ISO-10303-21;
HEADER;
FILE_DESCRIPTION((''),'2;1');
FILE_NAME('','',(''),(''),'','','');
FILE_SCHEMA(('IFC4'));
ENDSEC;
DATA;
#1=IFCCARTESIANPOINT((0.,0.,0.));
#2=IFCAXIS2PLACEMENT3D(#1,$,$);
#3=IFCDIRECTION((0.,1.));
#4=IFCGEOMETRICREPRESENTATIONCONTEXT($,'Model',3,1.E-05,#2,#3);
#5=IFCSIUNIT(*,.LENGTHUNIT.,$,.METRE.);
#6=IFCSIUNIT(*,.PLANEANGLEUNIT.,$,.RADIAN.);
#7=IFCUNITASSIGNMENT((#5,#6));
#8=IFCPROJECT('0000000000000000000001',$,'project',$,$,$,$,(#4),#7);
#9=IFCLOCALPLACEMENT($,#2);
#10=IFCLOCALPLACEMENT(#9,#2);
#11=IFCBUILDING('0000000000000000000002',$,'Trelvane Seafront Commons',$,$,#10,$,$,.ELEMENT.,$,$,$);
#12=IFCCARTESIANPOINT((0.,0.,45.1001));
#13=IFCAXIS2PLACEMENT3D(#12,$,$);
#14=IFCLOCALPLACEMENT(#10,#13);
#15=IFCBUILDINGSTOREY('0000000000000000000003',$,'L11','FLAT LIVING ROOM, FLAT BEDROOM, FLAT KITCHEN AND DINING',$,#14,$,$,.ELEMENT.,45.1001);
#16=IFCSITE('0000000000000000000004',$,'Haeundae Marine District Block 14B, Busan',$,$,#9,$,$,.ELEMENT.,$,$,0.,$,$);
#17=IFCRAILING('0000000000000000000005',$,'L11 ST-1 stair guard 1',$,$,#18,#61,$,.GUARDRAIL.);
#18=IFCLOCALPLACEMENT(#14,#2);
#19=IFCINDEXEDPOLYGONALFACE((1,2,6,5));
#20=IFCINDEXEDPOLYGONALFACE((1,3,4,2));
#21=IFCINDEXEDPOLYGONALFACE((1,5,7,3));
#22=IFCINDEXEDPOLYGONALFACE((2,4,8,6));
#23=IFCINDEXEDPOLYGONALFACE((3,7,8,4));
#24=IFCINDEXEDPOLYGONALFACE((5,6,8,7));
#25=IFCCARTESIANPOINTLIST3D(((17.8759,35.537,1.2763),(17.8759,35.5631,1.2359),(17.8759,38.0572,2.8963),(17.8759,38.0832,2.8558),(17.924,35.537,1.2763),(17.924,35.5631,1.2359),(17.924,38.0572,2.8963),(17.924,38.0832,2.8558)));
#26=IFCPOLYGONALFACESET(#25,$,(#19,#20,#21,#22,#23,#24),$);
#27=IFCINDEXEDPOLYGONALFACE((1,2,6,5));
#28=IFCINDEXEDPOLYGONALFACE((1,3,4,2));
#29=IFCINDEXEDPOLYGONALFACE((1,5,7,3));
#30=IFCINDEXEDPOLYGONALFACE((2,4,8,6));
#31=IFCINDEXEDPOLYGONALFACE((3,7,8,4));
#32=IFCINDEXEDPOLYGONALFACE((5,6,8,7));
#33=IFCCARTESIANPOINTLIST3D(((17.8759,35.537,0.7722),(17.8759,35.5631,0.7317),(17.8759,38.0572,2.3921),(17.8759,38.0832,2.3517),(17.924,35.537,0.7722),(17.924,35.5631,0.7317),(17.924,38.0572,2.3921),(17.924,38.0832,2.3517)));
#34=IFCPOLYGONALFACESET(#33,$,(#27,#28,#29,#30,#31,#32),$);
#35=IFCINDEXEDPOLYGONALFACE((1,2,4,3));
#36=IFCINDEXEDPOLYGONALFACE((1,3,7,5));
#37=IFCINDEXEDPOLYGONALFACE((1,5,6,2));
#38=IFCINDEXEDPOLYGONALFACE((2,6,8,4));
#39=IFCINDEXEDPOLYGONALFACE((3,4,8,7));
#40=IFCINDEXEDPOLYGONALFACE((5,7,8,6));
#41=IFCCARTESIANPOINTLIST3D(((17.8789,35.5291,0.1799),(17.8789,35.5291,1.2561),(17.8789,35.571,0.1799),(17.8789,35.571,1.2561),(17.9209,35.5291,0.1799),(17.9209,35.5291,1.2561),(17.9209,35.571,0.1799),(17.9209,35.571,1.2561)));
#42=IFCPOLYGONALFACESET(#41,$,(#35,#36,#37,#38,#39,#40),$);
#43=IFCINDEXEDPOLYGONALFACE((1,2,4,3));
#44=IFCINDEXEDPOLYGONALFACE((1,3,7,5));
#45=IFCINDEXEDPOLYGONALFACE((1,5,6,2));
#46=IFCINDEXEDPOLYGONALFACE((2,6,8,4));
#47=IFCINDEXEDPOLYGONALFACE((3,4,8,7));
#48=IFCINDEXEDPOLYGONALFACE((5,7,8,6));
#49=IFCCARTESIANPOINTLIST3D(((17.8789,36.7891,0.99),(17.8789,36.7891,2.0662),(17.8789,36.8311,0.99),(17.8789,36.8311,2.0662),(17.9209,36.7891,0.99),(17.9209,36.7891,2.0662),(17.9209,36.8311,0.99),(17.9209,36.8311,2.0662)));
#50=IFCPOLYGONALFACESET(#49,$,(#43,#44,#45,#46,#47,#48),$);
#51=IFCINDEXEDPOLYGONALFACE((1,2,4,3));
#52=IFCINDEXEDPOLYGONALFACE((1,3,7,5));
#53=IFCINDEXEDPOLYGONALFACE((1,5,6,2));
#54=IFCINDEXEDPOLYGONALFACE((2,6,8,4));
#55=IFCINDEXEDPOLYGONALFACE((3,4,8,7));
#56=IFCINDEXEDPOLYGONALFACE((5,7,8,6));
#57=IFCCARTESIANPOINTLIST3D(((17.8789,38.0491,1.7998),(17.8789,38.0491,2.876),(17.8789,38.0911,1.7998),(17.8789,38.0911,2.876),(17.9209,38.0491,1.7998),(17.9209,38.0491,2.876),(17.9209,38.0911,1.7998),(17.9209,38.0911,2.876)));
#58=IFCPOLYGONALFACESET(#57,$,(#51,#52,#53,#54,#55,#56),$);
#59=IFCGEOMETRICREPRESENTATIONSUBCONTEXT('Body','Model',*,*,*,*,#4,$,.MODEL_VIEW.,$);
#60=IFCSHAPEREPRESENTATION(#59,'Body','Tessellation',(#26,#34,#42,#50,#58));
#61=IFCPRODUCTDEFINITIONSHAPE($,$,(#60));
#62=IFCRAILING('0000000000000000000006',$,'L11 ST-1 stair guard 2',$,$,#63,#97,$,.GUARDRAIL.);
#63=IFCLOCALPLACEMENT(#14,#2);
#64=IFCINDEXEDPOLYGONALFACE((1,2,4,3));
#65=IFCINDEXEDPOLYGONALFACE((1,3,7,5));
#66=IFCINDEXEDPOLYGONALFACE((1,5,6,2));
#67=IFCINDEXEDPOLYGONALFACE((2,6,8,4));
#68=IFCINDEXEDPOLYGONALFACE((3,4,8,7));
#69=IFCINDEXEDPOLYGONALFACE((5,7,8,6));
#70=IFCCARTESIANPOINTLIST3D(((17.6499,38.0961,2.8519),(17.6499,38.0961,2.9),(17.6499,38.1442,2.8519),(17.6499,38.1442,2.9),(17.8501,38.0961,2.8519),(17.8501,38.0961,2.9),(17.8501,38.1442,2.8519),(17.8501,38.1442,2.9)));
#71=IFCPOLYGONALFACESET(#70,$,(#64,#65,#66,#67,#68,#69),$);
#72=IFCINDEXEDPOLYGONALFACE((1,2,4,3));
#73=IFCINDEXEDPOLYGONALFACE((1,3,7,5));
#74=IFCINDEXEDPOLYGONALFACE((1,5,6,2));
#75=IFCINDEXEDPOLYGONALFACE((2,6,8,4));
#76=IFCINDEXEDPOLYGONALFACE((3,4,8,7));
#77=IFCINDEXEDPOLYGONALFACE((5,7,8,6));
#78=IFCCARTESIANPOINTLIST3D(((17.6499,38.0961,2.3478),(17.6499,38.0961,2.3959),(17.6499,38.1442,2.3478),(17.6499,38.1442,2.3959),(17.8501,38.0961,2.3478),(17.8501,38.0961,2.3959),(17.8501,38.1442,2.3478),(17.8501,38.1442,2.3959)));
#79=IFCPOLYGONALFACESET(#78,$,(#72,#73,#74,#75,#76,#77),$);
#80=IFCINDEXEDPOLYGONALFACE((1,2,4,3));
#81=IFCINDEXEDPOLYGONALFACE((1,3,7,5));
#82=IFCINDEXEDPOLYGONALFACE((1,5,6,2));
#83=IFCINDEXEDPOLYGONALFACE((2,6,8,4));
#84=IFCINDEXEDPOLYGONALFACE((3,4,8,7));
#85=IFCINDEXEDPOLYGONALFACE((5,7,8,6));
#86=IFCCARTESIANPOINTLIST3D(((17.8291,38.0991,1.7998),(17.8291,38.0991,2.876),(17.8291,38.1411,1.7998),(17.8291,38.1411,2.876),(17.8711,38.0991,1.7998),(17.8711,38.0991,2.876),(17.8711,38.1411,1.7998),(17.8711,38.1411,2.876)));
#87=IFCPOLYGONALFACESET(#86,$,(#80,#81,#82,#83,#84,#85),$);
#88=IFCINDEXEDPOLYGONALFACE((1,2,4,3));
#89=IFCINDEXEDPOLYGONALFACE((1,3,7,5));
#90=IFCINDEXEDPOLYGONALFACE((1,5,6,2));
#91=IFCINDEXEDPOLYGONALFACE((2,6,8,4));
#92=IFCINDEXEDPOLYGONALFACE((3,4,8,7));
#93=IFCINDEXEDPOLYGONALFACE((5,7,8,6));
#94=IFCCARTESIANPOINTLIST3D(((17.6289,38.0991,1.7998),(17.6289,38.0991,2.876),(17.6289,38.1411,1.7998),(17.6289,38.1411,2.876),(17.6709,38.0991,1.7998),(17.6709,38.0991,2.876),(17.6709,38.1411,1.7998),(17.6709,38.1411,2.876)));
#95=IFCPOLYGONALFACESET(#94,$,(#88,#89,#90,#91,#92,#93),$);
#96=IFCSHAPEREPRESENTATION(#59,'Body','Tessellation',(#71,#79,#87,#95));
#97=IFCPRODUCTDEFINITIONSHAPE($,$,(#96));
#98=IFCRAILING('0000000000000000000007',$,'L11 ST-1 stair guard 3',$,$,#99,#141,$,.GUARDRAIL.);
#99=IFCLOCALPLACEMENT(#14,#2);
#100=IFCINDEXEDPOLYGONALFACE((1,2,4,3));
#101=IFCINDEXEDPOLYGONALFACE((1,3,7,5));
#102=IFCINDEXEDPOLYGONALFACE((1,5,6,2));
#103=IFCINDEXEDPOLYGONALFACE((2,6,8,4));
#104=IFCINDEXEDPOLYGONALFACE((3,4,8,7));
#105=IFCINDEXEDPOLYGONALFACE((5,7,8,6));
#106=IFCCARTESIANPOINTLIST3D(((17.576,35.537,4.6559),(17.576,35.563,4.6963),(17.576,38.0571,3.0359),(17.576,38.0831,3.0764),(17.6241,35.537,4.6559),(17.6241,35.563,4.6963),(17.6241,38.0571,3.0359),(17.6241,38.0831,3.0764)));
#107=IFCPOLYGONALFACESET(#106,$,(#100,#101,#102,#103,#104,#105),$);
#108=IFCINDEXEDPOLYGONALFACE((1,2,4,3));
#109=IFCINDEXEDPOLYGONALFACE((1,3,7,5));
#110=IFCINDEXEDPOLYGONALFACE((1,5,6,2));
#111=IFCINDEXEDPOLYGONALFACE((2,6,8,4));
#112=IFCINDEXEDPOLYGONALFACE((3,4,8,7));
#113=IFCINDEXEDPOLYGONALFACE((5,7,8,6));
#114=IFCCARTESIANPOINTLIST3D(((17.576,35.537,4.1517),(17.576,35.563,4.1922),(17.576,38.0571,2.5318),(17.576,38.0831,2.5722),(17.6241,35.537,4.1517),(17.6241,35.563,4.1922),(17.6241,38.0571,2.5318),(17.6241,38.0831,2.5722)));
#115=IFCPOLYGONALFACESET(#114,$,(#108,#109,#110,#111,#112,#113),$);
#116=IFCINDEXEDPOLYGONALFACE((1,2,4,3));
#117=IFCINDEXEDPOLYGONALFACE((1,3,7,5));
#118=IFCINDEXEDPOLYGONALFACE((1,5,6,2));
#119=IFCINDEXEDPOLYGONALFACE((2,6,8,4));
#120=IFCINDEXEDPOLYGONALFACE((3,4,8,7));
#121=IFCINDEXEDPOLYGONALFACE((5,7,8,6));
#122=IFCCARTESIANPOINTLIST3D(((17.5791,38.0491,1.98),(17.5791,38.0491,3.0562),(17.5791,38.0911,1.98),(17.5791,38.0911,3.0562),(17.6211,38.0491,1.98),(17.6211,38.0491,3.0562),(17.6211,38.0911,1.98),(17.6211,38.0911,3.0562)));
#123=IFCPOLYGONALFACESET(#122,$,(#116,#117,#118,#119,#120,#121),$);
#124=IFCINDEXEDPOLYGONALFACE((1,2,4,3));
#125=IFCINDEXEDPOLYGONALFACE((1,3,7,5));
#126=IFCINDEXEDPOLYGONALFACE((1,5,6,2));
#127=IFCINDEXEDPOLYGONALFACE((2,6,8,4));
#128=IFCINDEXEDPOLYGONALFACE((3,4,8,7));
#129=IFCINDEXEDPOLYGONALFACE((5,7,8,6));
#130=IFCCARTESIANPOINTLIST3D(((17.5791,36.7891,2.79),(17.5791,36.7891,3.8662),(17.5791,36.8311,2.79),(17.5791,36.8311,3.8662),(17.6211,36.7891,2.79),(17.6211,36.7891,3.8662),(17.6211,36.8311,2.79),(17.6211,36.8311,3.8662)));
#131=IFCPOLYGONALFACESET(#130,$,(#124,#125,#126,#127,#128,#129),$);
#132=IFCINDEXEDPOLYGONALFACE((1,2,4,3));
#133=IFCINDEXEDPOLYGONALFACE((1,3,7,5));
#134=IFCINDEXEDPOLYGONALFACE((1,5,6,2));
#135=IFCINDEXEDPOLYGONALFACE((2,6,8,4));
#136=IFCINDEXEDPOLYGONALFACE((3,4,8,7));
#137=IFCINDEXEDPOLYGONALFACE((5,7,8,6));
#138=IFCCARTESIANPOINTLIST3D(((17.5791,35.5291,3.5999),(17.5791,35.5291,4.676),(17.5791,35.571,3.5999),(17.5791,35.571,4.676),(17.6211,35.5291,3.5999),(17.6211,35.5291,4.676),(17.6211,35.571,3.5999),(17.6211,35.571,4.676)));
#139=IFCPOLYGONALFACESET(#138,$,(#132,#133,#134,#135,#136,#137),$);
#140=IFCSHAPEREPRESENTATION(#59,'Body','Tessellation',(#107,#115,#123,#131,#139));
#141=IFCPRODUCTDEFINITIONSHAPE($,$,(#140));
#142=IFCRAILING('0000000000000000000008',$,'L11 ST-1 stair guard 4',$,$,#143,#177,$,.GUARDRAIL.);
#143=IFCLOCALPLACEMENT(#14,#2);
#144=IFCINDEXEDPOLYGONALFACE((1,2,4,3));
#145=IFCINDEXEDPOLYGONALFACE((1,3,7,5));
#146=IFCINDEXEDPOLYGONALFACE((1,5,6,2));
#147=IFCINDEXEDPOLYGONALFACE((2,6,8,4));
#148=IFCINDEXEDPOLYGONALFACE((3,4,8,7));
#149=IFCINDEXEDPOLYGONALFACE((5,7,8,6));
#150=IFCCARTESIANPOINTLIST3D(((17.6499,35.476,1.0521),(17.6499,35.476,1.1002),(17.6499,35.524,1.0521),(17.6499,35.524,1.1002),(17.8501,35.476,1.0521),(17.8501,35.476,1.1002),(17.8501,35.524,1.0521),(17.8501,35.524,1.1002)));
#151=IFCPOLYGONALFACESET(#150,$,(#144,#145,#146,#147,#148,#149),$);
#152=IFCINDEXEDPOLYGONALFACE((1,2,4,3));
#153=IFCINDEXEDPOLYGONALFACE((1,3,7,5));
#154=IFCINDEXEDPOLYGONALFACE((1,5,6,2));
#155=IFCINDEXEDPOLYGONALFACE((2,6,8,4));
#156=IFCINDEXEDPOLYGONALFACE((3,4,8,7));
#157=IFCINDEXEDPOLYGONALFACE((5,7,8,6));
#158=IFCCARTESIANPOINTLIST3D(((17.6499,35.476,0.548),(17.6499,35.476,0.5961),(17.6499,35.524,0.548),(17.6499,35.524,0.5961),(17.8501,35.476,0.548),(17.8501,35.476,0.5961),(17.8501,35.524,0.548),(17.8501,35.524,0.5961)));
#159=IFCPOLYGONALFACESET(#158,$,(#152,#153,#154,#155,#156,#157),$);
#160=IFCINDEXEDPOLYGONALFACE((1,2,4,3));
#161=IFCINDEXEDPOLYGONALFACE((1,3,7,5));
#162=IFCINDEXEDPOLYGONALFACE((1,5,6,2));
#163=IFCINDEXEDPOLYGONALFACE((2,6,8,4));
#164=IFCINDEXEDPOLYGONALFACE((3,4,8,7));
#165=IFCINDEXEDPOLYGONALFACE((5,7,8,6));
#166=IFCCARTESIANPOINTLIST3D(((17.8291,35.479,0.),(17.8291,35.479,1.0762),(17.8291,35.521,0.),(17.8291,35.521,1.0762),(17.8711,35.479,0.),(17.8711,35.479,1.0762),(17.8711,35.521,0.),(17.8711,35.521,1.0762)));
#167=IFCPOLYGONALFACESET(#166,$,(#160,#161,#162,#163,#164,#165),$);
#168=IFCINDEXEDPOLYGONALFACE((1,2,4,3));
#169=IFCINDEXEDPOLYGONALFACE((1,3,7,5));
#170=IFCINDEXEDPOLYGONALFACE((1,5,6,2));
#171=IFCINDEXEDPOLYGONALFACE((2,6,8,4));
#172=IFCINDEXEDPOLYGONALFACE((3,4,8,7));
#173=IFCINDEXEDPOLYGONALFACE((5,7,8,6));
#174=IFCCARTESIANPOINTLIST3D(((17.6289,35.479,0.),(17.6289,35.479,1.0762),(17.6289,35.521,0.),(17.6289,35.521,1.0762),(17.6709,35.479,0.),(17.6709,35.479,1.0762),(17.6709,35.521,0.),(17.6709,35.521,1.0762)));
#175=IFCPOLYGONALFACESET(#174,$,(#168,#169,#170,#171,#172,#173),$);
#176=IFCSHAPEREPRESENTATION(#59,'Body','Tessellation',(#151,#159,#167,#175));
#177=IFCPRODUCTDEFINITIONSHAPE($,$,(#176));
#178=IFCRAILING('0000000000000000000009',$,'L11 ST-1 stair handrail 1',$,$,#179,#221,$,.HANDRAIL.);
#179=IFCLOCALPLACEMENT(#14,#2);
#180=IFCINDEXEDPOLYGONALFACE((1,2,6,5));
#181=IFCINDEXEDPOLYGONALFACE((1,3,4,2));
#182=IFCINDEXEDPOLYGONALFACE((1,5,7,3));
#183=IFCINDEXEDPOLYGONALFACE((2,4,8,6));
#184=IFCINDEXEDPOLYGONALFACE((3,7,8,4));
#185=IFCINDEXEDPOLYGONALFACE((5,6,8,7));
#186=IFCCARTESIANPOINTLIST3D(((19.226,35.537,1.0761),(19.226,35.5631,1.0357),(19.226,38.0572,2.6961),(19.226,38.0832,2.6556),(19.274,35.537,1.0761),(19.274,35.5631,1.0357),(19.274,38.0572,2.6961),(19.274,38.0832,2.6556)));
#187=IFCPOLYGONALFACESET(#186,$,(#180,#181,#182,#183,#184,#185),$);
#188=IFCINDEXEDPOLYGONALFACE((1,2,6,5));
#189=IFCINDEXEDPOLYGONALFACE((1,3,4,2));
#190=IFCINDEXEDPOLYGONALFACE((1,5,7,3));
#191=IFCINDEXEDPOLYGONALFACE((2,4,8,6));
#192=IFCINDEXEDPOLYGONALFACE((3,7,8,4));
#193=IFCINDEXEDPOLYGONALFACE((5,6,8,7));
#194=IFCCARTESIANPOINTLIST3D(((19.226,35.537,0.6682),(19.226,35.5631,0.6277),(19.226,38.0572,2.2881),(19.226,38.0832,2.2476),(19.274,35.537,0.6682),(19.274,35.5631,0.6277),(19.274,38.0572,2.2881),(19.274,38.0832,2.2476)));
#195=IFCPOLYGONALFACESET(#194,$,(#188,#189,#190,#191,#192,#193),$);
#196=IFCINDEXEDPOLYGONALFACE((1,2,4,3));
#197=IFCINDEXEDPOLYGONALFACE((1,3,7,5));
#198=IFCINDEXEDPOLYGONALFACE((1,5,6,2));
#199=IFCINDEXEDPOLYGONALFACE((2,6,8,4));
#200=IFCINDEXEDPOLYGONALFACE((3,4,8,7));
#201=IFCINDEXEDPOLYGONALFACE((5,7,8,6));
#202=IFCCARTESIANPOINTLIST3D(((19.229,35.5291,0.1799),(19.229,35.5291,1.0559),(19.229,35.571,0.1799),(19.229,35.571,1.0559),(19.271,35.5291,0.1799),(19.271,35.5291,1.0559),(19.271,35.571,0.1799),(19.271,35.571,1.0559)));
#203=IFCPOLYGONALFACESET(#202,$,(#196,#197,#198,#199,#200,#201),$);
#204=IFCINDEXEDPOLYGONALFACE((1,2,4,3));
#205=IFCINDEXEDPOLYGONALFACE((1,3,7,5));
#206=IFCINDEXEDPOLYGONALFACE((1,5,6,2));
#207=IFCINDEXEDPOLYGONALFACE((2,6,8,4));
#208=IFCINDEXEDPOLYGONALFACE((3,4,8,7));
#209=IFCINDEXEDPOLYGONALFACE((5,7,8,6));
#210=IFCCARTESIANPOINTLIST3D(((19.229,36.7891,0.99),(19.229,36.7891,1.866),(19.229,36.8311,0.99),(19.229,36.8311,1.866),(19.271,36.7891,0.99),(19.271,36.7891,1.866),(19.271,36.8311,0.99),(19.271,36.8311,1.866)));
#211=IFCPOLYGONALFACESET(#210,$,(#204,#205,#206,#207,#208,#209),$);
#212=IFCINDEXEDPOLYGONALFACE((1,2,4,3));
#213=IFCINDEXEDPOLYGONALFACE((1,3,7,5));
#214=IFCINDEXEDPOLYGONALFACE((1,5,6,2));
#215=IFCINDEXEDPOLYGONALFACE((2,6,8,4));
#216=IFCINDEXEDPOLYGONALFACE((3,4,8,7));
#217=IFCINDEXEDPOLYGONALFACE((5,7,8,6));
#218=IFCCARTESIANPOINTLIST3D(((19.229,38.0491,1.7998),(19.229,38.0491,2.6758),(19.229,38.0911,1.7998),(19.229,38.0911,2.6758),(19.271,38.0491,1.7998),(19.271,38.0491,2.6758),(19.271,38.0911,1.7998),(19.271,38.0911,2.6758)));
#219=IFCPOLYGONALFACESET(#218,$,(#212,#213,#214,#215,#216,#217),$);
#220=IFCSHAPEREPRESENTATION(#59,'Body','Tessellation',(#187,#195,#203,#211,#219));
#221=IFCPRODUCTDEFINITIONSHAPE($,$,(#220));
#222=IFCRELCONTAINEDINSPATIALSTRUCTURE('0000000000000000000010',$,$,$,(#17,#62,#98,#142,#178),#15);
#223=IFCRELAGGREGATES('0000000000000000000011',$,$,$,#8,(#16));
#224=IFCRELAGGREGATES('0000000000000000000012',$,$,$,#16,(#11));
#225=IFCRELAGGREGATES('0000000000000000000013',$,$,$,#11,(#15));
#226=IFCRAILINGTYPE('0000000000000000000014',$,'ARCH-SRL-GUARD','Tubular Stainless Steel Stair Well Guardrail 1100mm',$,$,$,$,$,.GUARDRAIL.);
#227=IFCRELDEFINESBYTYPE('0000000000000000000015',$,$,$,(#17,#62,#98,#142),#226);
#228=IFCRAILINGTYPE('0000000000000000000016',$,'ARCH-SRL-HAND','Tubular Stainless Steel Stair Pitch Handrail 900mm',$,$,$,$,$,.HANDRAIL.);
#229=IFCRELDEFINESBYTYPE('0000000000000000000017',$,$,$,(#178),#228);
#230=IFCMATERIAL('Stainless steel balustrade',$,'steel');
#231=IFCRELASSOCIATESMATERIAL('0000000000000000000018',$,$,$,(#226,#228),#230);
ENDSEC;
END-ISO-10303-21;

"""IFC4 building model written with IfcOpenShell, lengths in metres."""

from ifc_helpers import new_model, si_unit, direction, frame, origin, origin_2d, place, context, subcontext, project, spatial, rectangle, extrude, material, type_object, element, save


model = new_model("IFC4")

# Units and contexts
model_context = context("Model", 3, precision=1e-05, world=origin(), true_north=direction((0.0, 1.0)))
body_context = subcontext(model_context, "Body", "Model", "MODEL_VIEW")
ifc_project = project(units=[si_unit("LENGTHUNIT", "METRE"), si_unit("PLANEANGLEUNIT", "RADIAN")], contexts=[model_context])

# Site, building, storey
site_placement = place(None, origin())
site = spatial("IfcSite", under=ifc_project, at=site_placement, Name="Haeundae Marine District Block 14B, Busan", CompositionType="ELEMENT", RefElevation=0.0)
building_placement = place(site_placement, origin())
building = spatial("IfcBuilding", under=site, at=building_placement, Name="Trelvane Seafront Commons", CompositionType="ELEMENT")
storey_placement = place(building_placement, frame((0.0, 0.0, 45.1001)))
storey = spatial("IfcBuildingStorey", under=building, at=storey_placement, Name="L11", Description="FLAT LIVING ROOM, FLAT BEDROOM, FLAT KITCHEN AND DINING", CompositionType="ELEMENT", Elevation=45.1001)

# Shared definitions
ifc_material_1 = material(Name="Stainless steel balustrade", Category="steel")

# Railings
railing_type_1 = type_object("IfcRailingType", Name="ARCH-SRL-GUARD", Description="Tubular Stainless Steel Stair Well Guardrail 1100mm", PredefinedType="GUARDRAIL", material=ifc_material_1)
railing_1_placement = place(storey_placement, frame((17.8999, 35.55, 0.1799)))
element("IfcRailing", 1, at=railing_1_placement, inside=storey, type_object=railing_type_1, Name="L11 ST-1 stair guard 1", PredefinedType="GUARDRAIL", context=body_context, shape_type="SweptSolid", body=[
    extrude(rectangle(XDim=0.0481, YDim=0.0481, at=origin_2d()), frame((0.0, 0.0, 1.0762), z_axis=(0.0, 0.8412, 0.540725), x_axis=(-1.0, 0.0, 0.0)), (0.0, 0.0, 1.0), 2.9958),
    extrude(rectangle(XDim=0.0481, YDim=0.0481, at=origin_2d()), frame((0.0, 0.0, 0.572), z_axis=(0.0, 0.8412, 0.540725), x_axis=(-1.0, 0.0, 0.0)), (0.0, 0.0, 1.0), 2.9958),
    extrude(rectangle(XDim=0.042, YDim=0.042, at=origin_2d()), origin(), (0.0, 0.0, 1.0), 1.0762),
    extrude(rectangle(XDim=0.042, YDim=0.042, at=origin_2d()), frame((0.0, 1.26, 0.8101)), (0.0, 0.0, 1.0), 1.0762),
    extrude(rectangle(XDim=0.042, YDim=0.042, at=origin_2d()), frame((0.0, 2.52, 1.6199)), (0.0, 0.0, 1.0), 1.0762),
])
railing_2_placement = place(storey_placement, frame((17.8501, 38.1201, 1.7998)))
element("IfcRailing", 2, at=railing_2_placement, inside=storey, type_object=railing_type_1, Name="L11 ST-1 stair guard 2", PredefinedType="GUARDRAIL", context=body_context, shape_type="SweptSolid", body=[
    extrude(rectangle(XDim=0.0481, YDim=0.0481, at=origin_2d()), frame((0.0, 0.0, 1.0762), z_axis=(-1.0, 0.0, 0.0), x_axis=(0.0, -1.0, 0.0)), (0.0, 0.0, 1.0), 0.2002),
    extrude(rectangle(XDim=0.0481, YDim=0.0481, at=origin_2d()), frame((0.0, 0.0, 0.572), z_axis=(-1.0, 0.0, 0.0), x_axis=(0.0, -1.0, 0.0)), (0.0, 0.0, 1.0), 0.2002),
    extrude(rectangle(XDim=0.042, YDim=0.042, at=origin_2d()), origin(), (0.0, 0.0, 1.0), 1.0762),
    extrude(rectangle(XDim=0.042, YDim=0.042, at=origin_2d()), frame((-0.2002, 0.0, 0.0)), (0.0, 0.0, 1.0), 1.0762),
])
railing_3_placement = place(storey_placement, frame((17.6001, 38.0701, 1.98)))
element("IfcRailing", 3, at=railing_3_placement, inside=storey, type_object=railing_type_1, Name="L11 ST-1 stair guard 3", PredefinedType="GUARDRAIL", context=body_context, shape_type="SweptSolid", body=[
    extrude(rectangle(XDim=0.0481, YDim=0.0481, at=origin_2d()), frame((0.0, 0.0, 1.0762), z_axis=(0.0, -0.8412, 0.540725), x_axis=(1.0, 0.0, 0.0)), (0.0, 0.0, 1.0), 2.9958),
    extrude(rectangle(XDim=0.0481, YDim=0.0481, at=origin_2d()), frame((0.0, 0.0, 0.572), z_axis=(0.0, -0.8412, 0.540725), x_axis=(1.0, 0.0, 0.0)), (0.0, 0.0, 1.0), 2.9958),
    extrude(rectangle(XDim=0.042, YDim=0.042, at=origin_2d()), origin(), (0.0, 0.0, 1.0), 1.0762),
    extrude(rectangle(XDim=0.042, YDim=0.042, at=origin_2d()), frame((0.0, -1.26, 0.8101)), (0.0, 0.0, 1.0), 1.0762),
    extrude(rectangle(XDim=0.042, YDim=0.042, at=origin_2d()), frame((0.0, -2.52, 1.6199)), (0.0, 0.0, 1.0), 1.0762),
])
railing_4_placement = place(storey_placement, frame((17.8501, 35.5, 0.0)))
element("IfcRailing", 4, at=railing_4_placement, inside=storey, type_object=railing_type_1, Name="L11 ST-1 stair guard 4", PredefinedType="GUARDRAIL", context=body_context, shape_type="SweptSolid", body=[
    extrude(rectangle(XDim=0.0481, YDim=0.0481, at=origin_2d()), frame((0.0, 0.0, 1.0762), z_axis=(-1.0, 0.0, 0.0), x_axis=(0.0, -1.0, 0.0)), (0.0, 0.0, 1.0), 0.2002),
    extrude(rectangle(XDim=0.0481, YDim=0.0481, at=origin_2d()), frame((0.0, 0.0, 0.572), z_axis=(-1.0, 0.0, 0.0), x_axis=(0.0, -1.0, 0.0)), (0.0, 0.0, 1.0), 0.2002),
    extrude(rectangle(XDim=0.042, YDim=0.042, at=origin_2d()), origin(), (0.0, 0.0, 1.0), 1.0762),
    extrude(rectangle(XDim=0.042, YDim=0.042, at=origin_2d()), frame((-0.2002, 0.0, 0.0)), (0.0, 0.0, 1.0), 1.0762),
])
railing_type_2 = type_object("IfcRailingType", Name="ARCH-SRL-HAND", Description="Tubular Stainless Steel Stair Pitch Handrail 900mm", PredefinedType="HANDRAIL", material=ifc_material_1)
railing_5_placement = place(storey_placement, frame((19.25, 35.55, 0.1799)))
element("IfcRailing", 5, at=railing_5_placement, inside=storey, type_object=railing_type_2, Name="L11 ST-1 stair handrail 1", PredefinedType="HANDRAIL", context=body_context, shape_type="SweptSolid", body=[
    extrude(rectangle(XDim=0.0481, YDim=0.0481, at=origin_2d()), frame((0.0, 0.0, 0.876), z_axis=(0.0, 0.8412, 0.540725), x_axis=(-1.0, 0.0, 0.0)), (0.0, 0.0, 1.0), 2.9958),
    extrude(rectangle(XDim=0.0481, YDim=0.0481, at=origin_2d()), frame((0.0, 0.0, 0.468), z_axis=(0.0, 0.8412, 0.540725), x_axis=(-1.0, 0.0, 0.0)), (0.0, 0.0, 1.0), 2.9958),
    extrude(rectangle(XDim=0.042, YDim=0.042, at=origin_2d()), origin(), (0.0, 0.0, 1.0), 0.876),
    extrude(rectangle(XDim=0.042, YDim=0.042, at=origin_2d()), frame((0.0, 1.26, 0.8101)), (0.0, 0.0, 1.0), 0.876),
    extrude(rectangle(XDim=0.042, YDim=0.042, at=origin_2d()), frame((0.0, 2.52, 1.6199)), (0.0, 0.0, 1.0), 0.876),
])

save(model, "model.ifc")
